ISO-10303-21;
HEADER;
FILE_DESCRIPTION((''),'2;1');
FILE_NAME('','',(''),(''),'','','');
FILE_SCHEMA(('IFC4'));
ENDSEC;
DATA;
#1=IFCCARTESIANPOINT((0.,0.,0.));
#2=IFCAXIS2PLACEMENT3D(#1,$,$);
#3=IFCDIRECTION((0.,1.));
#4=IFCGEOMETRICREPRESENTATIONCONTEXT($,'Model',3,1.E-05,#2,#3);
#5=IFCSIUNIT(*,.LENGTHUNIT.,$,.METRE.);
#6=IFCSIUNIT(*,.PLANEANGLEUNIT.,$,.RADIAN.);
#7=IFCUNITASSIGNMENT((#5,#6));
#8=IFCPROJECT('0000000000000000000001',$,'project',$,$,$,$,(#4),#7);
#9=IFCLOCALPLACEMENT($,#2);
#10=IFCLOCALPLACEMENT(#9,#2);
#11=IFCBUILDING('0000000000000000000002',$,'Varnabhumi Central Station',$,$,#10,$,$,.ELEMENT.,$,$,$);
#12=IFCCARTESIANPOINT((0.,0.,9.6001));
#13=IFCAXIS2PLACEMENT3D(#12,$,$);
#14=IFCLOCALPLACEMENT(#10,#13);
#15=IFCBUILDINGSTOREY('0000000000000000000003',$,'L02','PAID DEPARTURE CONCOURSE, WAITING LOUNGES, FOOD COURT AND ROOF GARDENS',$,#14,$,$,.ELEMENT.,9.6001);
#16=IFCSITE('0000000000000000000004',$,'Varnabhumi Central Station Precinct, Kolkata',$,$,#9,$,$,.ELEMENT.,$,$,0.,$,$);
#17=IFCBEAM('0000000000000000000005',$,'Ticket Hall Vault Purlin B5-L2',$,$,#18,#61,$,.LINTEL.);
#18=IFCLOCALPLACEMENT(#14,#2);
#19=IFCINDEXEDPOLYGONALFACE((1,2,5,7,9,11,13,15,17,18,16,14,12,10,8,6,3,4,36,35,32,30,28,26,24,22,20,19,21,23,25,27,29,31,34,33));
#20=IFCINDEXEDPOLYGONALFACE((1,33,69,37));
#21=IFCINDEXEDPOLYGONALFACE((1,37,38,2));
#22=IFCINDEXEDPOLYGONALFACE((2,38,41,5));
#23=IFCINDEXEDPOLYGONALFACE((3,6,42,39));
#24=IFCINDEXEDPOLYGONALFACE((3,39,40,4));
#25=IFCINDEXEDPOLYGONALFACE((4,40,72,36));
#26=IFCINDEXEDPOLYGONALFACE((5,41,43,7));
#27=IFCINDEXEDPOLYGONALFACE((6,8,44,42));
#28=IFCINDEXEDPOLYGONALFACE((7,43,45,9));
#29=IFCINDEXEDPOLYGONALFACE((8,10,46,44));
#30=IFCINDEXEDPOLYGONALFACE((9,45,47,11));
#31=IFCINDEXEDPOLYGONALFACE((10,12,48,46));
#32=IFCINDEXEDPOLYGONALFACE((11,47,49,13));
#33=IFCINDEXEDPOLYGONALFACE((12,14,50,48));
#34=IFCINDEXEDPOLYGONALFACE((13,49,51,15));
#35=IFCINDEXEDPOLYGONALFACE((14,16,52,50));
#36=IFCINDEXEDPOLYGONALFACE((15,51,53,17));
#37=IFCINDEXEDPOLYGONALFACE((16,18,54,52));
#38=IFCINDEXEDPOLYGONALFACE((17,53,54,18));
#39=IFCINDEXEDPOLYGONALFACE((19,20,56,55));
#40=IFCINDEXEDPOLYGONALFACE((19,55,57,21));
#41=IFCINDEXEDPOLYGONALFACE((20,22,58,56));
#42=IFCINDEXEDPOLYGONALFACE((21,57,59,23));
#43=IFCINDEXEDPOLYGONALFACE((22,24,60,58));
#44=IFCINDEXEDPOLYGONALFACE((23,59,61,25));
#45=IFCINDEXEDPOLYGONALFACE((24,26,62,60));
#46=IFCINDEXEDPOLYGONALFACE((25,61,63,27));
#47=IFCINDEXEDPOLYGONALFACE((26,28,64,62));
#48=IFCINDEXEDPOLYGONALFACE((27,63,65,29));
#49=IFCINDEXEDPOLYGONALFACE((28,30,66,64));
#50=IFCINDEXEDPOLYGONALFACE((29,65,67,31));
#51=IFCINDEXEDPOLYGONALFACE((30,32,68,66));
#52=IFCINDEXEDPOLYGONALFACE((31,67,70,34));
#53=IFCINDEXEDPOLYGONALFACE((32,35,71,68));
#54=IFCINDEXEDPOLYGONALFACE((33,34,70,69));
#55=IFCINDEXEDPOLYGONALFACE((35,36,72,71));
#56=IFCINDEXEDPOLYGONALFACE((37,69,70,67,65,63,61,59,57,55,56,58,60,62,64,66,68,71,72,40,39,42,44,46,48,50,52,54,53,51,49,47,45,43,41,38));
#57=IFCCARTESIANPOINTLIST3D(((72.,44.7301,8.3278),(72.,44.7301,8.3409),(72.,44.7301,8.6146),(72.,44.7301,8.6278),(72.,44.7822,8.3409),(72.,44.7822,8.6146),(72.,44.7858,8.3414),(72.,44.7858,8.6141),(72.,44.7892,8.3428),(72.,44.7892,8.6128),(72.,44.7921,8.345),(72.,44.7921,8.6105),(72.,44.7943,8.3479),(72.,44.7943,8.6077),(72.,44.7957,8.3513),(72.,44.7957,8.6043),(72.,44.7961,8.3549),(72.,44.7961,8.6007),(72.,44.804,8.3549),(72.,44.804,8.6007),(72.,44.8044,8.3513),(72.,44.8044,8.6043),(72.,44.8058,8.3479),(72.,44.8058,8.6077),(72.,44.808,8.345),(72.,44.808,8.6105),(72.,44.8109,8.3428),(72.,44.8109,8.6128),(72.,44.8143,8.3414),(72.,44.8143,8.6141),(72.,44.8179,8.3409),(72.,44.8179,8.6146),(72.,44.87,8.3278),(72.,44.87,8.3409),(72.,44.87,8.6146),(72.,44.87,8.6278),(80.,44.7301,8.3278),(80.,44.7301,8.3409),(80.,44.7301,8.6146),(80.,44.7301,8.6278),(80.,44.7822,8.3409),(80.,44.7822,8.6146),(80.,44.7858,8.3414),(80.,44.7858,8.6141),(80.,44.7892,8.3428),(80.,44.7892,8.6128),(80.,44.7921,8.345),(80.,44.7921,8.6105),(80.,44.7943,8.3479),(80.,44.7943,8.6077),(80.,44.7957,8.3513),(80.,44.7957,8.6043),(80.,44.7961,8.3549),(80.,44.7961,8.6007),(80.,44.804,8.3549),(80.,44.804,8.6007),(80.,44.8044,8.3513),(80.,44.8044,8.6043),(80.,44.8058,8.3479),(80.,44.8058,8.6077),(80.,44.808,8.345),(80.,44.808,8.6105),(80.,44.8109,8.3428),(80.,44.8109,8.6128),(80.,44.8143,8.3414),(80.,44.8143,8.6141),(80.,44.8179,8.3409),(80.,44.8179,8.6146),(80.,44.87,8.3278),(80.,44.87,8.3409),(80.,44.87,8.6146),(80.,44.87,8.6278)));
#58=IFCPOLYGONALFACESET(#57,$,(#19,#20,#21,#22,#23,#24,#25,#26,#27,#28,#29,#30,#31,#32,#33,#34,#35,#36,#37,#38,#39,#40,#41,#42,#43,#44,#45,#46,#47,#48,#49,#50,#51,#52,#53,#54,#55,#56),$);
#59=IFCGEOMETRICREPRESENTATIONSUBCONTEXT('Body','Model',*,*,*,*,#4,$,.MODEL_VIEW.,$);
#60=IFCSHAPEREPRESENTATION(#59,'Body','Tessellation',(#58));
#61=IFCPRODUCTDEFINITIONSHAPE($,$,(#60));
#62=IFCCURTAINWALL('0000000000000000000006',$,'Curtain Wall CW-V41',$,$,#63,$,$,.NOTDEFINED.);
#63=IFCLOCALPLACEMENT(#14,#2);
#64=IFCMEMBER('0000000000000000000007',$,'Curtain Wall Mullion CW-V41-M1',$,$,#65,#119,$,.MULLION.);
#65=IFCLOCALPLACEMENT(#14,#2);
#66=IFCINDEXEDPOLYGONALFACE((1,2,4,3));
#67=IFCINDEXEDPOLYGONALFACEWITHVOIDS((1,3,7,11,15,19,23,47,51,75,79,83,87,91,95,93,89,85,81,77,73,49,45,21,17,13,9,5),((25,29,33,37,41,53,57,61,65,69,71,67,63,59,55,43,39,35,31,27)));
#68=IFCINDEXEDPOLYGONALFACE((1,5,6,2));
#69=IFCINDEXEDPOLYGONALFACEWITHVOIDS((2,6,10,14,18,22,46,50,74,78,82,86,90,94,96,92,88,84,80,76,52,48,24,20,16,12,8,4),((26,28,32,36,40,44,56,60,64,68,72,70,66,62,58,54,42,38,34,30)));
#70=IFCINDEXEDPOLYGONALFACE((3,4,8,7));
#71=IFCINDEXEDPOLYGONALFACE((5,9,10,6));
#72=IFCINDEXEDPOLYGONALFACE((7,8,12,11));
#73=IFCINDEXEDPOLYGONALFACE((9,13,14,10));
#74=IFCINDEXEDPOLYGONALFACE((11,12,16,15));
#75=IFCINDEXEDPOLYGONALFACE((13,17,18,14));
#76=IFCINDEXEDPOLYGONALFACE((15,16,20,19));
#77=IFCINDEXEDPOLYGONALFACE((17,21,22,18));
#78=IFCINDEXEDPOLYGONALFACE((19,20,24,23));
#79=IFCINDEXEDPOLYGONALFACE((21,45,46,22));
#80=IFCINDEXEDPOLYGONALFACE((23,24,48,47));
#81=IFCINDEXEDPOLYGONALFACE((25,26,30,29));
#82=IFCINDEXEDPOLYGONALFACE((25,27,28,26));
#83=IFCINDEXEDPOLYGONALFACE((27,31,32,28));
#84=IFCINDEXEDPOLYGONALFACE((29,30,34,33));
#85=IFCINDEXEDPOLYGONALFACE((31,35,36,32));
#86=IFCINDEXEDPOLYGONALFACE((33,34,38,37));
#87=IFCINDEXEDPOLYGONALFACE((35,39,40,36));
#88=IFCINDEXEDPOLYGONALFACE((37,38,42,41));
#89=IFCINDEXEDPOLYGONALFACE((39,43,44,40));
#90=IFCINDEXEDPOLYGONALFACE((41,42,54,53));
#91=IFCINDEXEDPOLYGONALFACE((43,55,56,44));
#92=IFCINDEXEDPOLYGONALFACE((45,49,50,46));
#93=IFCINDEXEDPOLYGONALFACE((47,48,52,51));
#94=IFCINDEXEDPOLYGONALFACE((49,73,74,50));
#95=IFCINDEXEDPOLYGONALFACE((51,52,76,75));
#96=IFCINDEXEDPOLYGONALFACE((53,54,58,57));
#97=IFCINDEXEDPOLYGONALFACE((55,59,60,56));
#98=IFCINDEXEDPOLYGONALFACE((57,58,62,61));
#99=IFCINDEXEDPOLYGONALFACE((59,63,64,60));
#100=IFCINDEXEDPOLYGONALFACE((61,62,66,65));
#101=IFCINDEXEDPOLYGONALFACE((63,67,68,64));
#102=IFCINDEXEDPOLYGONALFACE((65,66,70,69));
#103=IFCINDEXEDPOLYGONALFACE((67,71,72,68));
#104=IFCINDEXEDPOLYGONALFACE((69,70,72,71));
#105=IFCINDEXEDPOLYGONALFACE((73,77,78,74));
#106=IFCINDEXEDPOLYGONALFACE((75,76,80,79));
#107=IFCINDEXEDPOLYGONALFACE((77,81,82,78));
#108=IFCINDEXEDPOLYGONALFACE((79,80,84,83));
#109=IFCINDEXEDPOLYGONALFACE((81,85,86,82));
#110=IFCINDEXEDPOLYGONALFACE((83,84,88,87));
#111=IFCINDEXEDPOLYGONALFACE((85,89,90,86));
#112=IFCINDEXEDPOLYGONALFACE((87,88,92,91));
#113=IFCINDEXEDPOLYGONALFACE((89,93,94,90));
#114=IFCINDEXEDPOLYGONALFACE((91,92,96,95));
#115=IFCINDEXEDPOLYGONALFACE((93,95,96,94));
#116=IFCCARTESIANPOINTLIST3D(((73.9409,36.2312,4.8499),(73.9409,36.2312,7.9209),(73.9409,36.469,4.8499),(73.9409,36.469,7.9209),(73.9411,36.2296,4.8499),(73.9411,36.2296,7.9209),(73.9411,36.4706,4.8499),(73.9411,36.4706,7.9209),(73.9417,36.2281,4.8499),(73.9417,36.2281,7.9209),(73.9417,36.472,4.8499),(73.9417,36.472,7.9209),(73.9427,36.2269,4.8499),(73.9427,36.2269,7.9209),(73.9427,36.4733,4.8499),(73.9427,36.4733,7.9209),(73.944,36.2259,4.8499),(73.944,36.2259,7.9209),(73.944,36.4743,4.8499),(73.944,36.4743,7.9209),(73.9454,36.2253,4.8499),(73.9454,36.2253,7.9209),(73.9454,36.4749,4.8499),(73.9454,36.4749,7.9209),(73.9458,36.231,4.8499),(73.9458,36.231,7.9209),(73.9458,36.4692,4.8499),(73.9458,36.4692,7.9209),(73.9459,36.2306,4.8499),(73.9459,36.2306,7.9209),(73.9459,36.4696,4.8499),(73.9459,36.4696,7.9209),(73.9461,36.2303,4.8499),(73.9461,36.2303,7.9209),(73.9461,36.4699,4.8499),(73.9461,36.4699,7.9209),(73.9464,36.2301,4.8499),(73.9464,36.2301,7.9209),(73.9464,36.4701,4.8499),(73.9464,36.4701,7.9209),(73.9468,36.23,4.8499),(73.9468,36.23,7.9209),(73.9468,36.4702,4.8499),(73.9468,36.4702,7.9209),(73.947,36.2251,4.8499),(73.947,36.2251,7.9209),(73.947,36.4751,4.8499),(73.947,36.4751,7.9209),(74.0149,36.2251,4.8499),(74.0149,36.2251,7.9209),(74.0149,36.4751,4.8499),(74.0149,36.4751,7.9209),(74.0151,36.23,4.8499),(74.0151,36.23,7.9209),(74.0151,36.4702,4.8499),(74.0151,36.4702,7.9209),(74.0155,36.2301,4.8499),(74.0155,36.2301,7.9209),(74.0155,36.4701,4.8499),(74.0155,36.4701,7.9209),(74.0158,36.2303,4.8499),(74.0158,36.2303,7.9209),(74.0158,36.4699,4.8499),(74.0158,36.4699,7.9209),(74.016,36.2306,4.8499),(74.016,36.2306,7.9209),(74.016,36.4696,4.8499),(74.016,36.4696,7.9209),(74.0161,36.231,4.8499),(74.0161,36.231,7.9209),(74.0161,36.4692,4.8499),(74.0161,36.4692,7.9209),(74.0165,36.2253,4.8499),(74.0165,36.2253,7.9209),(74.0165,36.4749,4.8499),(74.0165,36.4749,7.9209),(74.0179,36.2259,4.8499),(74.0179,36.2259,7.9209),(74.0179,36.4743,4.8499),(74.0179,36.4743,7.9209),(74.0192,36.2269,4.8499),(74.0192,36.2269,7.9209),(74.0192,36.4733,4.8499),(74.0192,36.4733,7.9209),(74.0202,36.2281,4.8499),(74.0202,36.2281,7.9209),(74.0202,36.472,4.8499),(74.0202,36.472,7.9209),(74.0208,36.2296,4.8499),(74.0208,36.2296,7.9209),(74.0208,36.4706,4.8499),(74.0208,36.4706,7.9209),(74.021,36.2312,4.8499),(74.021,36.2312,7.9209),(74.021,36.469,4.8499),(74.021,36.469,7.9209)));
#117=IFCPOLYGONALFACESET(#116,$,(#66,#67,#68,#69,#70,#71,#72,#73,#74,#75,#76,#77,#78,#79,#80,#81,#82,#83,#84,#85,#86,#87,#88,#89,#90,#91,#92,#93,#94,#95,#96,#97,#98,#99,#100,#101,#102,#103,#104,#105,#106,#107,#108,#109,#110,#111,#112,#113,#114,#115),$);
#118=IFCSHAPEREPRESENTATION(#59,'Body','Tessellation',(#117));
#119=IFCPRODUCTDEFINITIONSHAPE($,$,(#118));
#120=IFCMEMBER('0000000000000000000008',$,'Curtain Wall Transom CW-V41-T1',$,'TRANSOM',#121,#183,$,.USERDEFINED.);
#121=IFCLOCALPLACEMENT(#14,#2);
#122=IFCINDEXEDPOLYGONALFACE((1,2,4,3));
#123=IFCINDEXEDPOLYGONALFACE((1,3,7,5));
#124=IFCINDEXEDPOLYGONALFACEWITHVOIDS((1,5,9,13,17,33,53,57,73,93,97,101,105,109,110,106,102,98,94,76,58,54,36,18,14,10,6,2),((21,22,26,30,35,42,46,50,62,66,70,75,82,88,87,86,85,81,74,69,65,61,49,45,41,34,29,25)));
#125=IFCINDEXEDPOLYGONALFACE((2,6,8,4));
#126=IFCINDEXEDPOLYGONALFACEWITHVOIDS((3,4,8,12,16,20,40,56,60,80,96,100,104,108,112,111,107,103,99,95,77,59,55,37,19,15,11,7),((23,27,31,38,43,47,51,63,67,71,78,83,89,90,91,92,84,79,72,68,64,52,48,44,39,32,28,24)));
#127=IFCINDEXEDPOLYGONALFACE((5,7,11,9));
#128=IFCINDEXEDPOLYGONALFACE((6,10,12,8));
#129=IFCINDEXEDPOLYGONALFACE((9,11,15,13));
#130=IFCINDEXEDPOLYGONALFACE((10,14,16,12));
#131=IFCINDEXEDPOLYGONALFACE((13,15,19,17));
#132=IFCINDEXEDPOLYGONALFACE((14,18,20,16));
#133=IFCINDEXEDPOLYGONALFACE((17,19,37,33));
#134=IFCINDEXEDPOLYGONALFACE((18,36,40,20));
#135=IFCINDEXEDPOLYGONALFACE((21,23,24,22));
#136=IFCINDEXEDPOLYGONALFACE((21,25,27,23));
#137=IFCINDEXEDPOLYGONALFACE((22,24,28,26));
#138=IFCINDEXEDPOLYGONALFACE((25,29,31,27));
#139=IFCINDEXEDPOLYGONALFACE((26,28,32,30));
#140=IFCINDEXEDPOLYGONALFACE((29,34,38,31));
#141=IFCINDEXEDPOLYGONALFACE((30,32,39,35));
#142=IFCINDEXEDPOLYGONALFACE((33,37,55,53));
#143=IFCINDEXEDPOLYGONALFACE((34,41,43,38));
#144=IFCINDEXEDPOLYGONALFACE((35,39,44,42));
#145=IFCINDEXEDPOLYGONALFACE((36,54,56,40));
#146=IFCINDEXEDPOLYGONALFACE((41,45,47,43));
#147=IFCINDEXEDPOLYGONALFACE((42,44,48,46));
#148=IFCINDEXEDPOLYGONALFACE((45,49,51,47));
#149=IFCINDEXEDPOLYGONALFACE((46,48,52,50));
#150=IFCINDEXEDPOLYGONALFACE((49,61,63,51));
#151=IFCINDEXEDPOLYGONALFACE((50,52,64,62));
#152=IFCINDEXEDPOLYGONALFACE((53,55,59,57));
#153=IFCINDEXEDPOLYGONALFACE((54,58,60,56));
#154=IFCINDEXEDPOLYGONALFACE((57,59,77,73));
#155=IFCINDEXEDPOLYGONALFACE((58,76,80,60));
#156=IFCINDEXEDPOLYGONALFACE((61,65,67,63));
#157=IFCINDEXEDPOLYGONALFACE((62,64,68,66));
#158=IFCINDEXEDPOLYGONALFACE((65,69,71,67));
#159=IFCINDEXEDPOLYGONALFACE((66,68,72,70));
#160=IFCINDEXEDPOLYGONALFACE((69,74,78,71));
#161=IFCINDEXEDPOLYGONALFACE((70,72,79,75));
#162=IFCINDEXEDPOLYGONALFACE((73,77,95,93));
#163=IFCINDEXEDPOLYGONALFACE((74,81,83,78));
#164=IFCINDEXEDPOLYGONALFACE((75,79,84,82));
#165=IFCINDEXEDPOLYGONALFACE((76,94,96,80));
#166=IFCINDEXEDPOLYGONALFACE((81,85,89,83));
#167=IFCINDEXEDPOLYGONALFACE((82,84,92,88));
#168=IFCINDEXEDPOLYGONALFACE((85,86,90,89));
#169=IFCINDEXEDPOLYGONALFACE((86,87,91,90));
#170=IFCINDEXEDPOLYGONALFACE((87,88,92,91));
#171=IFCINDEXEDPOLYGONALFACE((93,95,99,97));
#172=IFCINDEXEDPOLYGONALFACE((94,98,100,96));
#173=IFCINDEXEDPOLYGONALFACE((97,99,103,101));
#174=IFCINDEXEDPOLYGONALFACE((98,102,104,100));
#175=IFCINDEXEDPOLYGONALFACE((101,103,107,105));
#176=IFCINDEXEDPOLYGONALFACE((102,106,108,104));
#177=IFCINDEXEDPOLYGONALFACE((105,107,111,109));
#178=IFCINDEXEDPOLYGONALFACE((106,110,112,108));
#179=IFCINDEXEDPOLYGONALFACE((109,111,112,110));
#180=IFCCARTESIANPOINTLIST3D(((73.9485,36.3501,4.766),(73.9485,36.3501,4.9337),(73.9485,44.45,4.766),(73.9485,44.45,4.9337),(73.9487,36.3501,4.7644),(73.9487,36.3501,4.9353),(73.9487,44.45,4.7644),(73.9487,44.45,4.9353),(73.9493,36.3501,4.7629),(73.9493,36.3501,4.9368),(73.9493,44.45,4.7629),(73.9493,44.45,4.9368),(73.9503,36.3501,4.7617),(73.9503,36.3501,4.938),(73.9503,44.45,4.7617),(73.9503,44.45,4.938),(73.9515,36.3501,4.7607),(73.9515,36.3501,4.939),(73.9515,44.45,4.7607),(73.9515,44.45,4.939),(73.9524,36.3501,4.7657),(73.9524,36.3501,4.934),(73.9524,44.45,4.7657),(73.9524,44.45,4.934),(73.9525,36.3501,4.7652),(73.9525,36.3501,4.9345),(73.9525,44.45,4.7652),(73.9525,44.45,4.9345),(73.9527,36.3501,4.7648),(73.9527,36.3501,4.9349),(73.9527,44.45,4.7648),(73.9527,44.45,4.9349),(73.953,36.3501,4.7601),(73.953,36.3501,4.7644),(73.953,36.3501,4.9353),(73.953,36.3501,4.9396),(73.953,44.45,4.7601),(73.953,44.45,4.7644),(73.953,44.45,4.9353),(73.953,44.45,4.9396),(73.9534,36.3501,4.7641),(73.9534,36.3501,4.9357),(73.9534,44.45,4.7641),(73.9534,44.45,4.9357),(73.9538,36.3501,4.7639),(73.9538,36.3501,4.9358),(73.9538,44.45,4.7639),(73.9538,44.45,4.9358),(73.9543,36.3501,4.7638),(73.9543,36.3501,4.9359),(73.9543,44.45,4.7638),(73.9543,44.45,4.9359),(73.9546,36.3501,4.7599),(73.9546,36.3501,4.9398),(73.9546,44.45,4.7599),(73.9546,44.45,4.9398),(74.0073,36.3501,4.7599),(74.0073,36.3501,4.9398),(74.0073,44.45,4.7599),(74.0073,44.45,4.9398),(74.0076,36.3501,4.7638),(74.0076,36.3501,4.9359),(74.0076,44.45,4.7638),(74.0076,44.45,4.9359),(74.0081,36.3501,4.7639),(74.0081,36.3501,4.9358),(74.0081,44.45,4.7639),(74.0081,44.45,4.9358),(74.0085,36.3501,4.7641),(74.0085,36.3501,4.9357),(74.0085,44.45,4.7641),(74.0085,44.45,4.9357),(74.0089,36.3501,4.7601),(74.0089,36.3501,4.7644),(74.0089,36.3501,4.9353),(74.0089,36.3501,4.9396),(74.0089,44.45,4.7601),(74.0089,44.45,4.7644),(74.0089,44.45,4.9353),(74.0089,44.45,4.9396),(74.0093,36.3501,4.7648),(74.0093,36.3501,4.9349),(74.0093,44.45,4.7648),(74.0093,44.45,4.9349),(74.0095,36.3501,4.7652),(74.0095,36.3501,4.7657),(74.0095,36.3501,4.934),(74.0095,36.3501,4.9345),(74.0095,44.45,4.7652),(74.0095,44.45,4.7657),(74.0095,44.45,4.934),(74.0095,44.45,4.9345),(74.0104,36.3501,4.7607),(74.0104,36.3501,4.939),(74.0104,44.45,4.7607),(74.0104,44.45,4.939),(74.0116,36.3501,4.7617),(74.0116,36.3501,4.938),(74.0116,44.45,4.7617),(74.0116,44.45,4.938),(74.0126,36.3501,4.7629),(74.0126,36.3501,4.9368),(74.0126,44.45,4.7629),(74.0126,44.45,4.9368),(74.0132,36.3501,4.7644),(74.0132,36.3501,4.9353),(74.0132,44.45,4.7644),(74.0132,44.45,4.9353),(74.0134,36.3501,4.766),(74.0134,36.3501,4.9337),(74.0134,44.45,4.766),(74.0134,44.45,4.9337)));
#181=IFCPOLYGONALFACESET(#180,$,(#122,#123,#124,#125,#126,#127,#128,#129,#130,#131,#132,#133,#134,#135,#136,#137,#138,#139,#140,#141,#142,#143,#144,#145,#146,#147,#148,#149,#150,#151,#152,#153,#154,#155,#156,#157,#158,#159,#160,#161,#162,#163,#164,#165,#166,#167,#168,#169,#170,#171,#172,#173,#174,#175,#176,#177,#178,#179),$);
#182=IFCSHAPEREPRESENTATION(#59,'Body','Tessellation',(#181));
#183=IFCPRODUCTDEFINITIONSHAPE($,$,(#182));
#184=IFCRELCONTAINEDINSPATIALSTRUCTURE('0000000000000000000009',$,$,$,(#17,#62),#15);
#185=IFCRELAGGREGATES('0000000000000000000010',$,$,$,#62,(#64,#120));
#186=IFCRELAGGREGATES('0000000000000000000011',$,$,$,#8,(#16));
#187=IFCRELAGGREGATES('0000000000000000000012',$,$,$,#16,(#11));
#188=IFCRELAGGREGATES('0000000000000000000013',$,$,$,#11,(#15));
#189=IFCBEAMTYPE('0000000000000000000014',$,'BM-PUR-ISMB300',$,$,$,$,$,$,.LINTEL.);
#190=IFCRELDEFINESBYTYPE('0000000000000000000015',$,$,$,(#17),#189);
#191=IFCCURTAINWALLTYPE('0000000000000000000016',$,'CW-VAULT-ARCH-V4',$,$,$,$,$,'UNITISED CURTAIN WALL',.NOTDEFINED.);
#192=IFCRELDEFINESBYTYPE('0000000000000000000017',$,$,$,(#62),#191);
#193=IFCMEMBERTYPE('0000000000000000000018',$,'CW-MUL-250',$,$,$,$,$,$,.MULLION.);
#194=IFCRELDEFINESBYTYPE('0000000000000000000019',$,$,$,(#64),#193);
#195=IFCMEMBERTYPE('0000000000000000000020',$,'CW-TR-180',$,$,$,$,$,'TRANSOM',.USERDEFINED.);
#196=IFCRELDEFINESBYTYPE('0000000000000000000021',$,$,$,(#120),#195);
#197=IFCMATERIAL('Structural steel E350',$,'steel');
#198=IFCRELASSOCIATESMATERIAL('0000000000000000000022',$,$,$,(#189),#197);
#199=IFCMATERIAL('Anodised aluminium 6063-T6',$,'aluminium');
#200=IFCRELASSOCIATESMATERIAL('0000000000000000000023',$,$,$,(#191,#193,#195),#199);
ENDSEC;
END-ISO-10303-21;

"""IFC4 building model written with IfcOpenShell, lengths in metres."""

from ifc_helpers import new_model, si_unit, direction, frame, origin, origin_2d, place, context, subcontext, project, spatial, hollow_rectangle, i_section, extrude, material, material_profile, profile_set, type_object, element, aggregate, save


model = new_model("IFC4")

# Units and contexts
model_context = context("Model", 3, precision=1e-05, world=origin(), true_north=direction((0.0, 1.0)))
body_context = subcontext(model_context, "Body", "Model", "MODEL_VIEW")
ifc_project = project(units=[si_unit("LENGTHUNIT", "METRE"), si_unit("PLANEANGLEUNIT", "RADIAN")], contexts=[model_context])

# Site, building, storey
site_placement = place(None, origin())
site = spatial("IfcSite", under=ifc_project, at=site_placement, Name="Varnabhumi Central Station Precinct, Kolkata", CompositionType="ELEMENT", RefElevation=0.0)
building_placement = place(site_placement, origin())
building = spatial("IfcBuilding", under=site, at=building_placement, Name="Varnabhumi Central Station", CompositionType="ELEMENT")
storey_placement = place(building_placement, frame((0.0, 0.0, 9.6001)))
storey = spatial("IfcBuildingStorey", under=building, at=storey_placement, Name="L02", Description="PAID DEPARTURE CONCOURSE, WAITING LOUNGES, FOOD COURT AND ROOF GARDENS", CompositionType="ELEMENT", Elevation=9.6001)

# Beam
ifc_material_1 = material(Name="Structural steel E350", Category="steel")
ifc_material_profile_1 = material_profile(ifc_material_1, i_section(OverallWidth=0.1399, OverallDepth=0.3, WebThickness=0.0078, FlangeThickness=0.0132, FilletRadius=0.0139, at=origin_2d()), Name="Structural steel E350", Category="steel")
ifc_profile_set_1 = profile_set([ifc_material_profile_1], Name="Structural steel E350")
beam_type_1 = type_object("IfcBeamType", Name="BM-PUR-ISMB300", PredefinedType="LINTEL", material=ifc_profile_set_1)
for number, where, z_axis, x_axis, name in (
    (1, (72.0, 44.8, 8.4778), (1.0, 0.0, 0.0), (0.0, 1.0, 0.0), "Ticket Hall Vault Purlin B5-L2"),
):
    element("IfcBeam", number, at=place(storey_placement, frame(where, z_axis=z_axis, x_axis=x_axis)), inside=storey, type_object=beam_type_1, Name=name, PredefinedType="LINTEL", context=body_context, shape_type="SweptSolid", body=[
        extrude(i_section(OverallWidth=0.1399, OverallDepth=0.3, WebThickness=0.0078, FlangeThickness=0.0132, FilletRadius=0.0139, at=origin_2d()), origin(), (0.0, 0.0, 1.0), 8.0),
    ])

# Curtain wall, members
ifc_material_2 = material(Name="Anodised aluminium 6063-T6", Category="aluminium")
curtain_wall_type = type_object("IfcCurtainWallType", Name="CW-VAULT-ARCH-V4", ElementType="UNITISED CURTAIN WALL", PredefinedType="NOTDEFINED", material=ifc_material_2)
curtain_wall_placement = place(storey_placement, origin())
curtain_wall = element("IfcCurtainWall", 2, at=curtain_wall_placement, inside=storey, type_object=curtain_wall_type, Name="Curtain Wall CW-V41", PredefinedType="NOTDEFINED")
ifc_material_profile_2 = material_profile(ifc_material_2, hollow_rectangle(XDim=0.0801, YDim=0.25, WallThickness=0.0049, InnerFilletRadius=0.001, OuterFilletRadius=0.0061, at=origin_2d()), Name="Anodised aluminium 6063-T6", Category="aluminium")
ifc_profile_set_2 = profile_set([ifc_material_profile_2], Name="Anodised aluminium 6063-T6")
member_type_1 = type_object("IfcMemberType", Name="CW-MUL-250", PredefinedType="MULLION", material=ifc_profile_set_2)
member_1_placement = place(storey_placement, frame((73.981, 36.3501, 4.8499), z_axis=(0.0, 0.0, 1.0), x_axis=(1.0, 0.0, 0.0)))
member_1 = element("IfcMember", 3, at=member_1_placement, type_object=member_type_1, Name="Curtain Wall Mullion CW-V41-M1", PredefinedType="MULLION", context=body_context, shape_type="SweptSolid", body=[
    extrude(hollow_rectangle(XDim=0.0801, YDim=0.25, WallThickness=0.0049, InnerFilletRadius=0.001, OuterFilletRadius=0.0061, at=origin_2d()), origin(), (0.0, 0.0, 1.0), 3.071),
])
ifc_material_profile_3 = material_profile(ifc_material_2, hollow_rectangle(XDim=0.0649, YDim=0.1799, WallThickness=0.0039, InnerFilletRadius=0.002, OuterFilletRadius=0.0061, at=origin_2d()), Name="Anodised aluminium 6063-T6", Category="aluminium")
ifc_profile_set_3 = profile_set([ifc_material_profile_3], Name="Anodised aluminium 6063-T6")
member_type_2 = type_object("IfcMemberType", Name="CW-TR-180", ElementType="TRANSOM", PredefinedType="USERDEFINED", material=ifc_profile_set_3)
member_2_placement = place(storey_placement, frame((73.981, 36.3501, 4.8499), z_axis=(0.0, 1.0, 0.0), x_axis=(-1.0, 0.0, 0.0)))
member_2 = element("IfcMember", 4, at=member_2_placement, type_object=member_type_2, Name="Curtain Wall Transom CW-V41-T1", ObjectType="TRANSOM", PredefinedType="USERDEFINED", context=body_context, shape_type="SweptSolid", body=[
    extrude(hollow_rectangle(XDim=0.0649, YDim=0.1799, WallThickness=0.0039, InnerFilletRadius=0.002, OuterFilletRadius=0.0061, at=origin_2d()), origin(), (0.0, 0.0, 1.0), 8.0999),
])
aggregate(curtain_wall, [member_1, member_2])

save(model, "model.ifc")
